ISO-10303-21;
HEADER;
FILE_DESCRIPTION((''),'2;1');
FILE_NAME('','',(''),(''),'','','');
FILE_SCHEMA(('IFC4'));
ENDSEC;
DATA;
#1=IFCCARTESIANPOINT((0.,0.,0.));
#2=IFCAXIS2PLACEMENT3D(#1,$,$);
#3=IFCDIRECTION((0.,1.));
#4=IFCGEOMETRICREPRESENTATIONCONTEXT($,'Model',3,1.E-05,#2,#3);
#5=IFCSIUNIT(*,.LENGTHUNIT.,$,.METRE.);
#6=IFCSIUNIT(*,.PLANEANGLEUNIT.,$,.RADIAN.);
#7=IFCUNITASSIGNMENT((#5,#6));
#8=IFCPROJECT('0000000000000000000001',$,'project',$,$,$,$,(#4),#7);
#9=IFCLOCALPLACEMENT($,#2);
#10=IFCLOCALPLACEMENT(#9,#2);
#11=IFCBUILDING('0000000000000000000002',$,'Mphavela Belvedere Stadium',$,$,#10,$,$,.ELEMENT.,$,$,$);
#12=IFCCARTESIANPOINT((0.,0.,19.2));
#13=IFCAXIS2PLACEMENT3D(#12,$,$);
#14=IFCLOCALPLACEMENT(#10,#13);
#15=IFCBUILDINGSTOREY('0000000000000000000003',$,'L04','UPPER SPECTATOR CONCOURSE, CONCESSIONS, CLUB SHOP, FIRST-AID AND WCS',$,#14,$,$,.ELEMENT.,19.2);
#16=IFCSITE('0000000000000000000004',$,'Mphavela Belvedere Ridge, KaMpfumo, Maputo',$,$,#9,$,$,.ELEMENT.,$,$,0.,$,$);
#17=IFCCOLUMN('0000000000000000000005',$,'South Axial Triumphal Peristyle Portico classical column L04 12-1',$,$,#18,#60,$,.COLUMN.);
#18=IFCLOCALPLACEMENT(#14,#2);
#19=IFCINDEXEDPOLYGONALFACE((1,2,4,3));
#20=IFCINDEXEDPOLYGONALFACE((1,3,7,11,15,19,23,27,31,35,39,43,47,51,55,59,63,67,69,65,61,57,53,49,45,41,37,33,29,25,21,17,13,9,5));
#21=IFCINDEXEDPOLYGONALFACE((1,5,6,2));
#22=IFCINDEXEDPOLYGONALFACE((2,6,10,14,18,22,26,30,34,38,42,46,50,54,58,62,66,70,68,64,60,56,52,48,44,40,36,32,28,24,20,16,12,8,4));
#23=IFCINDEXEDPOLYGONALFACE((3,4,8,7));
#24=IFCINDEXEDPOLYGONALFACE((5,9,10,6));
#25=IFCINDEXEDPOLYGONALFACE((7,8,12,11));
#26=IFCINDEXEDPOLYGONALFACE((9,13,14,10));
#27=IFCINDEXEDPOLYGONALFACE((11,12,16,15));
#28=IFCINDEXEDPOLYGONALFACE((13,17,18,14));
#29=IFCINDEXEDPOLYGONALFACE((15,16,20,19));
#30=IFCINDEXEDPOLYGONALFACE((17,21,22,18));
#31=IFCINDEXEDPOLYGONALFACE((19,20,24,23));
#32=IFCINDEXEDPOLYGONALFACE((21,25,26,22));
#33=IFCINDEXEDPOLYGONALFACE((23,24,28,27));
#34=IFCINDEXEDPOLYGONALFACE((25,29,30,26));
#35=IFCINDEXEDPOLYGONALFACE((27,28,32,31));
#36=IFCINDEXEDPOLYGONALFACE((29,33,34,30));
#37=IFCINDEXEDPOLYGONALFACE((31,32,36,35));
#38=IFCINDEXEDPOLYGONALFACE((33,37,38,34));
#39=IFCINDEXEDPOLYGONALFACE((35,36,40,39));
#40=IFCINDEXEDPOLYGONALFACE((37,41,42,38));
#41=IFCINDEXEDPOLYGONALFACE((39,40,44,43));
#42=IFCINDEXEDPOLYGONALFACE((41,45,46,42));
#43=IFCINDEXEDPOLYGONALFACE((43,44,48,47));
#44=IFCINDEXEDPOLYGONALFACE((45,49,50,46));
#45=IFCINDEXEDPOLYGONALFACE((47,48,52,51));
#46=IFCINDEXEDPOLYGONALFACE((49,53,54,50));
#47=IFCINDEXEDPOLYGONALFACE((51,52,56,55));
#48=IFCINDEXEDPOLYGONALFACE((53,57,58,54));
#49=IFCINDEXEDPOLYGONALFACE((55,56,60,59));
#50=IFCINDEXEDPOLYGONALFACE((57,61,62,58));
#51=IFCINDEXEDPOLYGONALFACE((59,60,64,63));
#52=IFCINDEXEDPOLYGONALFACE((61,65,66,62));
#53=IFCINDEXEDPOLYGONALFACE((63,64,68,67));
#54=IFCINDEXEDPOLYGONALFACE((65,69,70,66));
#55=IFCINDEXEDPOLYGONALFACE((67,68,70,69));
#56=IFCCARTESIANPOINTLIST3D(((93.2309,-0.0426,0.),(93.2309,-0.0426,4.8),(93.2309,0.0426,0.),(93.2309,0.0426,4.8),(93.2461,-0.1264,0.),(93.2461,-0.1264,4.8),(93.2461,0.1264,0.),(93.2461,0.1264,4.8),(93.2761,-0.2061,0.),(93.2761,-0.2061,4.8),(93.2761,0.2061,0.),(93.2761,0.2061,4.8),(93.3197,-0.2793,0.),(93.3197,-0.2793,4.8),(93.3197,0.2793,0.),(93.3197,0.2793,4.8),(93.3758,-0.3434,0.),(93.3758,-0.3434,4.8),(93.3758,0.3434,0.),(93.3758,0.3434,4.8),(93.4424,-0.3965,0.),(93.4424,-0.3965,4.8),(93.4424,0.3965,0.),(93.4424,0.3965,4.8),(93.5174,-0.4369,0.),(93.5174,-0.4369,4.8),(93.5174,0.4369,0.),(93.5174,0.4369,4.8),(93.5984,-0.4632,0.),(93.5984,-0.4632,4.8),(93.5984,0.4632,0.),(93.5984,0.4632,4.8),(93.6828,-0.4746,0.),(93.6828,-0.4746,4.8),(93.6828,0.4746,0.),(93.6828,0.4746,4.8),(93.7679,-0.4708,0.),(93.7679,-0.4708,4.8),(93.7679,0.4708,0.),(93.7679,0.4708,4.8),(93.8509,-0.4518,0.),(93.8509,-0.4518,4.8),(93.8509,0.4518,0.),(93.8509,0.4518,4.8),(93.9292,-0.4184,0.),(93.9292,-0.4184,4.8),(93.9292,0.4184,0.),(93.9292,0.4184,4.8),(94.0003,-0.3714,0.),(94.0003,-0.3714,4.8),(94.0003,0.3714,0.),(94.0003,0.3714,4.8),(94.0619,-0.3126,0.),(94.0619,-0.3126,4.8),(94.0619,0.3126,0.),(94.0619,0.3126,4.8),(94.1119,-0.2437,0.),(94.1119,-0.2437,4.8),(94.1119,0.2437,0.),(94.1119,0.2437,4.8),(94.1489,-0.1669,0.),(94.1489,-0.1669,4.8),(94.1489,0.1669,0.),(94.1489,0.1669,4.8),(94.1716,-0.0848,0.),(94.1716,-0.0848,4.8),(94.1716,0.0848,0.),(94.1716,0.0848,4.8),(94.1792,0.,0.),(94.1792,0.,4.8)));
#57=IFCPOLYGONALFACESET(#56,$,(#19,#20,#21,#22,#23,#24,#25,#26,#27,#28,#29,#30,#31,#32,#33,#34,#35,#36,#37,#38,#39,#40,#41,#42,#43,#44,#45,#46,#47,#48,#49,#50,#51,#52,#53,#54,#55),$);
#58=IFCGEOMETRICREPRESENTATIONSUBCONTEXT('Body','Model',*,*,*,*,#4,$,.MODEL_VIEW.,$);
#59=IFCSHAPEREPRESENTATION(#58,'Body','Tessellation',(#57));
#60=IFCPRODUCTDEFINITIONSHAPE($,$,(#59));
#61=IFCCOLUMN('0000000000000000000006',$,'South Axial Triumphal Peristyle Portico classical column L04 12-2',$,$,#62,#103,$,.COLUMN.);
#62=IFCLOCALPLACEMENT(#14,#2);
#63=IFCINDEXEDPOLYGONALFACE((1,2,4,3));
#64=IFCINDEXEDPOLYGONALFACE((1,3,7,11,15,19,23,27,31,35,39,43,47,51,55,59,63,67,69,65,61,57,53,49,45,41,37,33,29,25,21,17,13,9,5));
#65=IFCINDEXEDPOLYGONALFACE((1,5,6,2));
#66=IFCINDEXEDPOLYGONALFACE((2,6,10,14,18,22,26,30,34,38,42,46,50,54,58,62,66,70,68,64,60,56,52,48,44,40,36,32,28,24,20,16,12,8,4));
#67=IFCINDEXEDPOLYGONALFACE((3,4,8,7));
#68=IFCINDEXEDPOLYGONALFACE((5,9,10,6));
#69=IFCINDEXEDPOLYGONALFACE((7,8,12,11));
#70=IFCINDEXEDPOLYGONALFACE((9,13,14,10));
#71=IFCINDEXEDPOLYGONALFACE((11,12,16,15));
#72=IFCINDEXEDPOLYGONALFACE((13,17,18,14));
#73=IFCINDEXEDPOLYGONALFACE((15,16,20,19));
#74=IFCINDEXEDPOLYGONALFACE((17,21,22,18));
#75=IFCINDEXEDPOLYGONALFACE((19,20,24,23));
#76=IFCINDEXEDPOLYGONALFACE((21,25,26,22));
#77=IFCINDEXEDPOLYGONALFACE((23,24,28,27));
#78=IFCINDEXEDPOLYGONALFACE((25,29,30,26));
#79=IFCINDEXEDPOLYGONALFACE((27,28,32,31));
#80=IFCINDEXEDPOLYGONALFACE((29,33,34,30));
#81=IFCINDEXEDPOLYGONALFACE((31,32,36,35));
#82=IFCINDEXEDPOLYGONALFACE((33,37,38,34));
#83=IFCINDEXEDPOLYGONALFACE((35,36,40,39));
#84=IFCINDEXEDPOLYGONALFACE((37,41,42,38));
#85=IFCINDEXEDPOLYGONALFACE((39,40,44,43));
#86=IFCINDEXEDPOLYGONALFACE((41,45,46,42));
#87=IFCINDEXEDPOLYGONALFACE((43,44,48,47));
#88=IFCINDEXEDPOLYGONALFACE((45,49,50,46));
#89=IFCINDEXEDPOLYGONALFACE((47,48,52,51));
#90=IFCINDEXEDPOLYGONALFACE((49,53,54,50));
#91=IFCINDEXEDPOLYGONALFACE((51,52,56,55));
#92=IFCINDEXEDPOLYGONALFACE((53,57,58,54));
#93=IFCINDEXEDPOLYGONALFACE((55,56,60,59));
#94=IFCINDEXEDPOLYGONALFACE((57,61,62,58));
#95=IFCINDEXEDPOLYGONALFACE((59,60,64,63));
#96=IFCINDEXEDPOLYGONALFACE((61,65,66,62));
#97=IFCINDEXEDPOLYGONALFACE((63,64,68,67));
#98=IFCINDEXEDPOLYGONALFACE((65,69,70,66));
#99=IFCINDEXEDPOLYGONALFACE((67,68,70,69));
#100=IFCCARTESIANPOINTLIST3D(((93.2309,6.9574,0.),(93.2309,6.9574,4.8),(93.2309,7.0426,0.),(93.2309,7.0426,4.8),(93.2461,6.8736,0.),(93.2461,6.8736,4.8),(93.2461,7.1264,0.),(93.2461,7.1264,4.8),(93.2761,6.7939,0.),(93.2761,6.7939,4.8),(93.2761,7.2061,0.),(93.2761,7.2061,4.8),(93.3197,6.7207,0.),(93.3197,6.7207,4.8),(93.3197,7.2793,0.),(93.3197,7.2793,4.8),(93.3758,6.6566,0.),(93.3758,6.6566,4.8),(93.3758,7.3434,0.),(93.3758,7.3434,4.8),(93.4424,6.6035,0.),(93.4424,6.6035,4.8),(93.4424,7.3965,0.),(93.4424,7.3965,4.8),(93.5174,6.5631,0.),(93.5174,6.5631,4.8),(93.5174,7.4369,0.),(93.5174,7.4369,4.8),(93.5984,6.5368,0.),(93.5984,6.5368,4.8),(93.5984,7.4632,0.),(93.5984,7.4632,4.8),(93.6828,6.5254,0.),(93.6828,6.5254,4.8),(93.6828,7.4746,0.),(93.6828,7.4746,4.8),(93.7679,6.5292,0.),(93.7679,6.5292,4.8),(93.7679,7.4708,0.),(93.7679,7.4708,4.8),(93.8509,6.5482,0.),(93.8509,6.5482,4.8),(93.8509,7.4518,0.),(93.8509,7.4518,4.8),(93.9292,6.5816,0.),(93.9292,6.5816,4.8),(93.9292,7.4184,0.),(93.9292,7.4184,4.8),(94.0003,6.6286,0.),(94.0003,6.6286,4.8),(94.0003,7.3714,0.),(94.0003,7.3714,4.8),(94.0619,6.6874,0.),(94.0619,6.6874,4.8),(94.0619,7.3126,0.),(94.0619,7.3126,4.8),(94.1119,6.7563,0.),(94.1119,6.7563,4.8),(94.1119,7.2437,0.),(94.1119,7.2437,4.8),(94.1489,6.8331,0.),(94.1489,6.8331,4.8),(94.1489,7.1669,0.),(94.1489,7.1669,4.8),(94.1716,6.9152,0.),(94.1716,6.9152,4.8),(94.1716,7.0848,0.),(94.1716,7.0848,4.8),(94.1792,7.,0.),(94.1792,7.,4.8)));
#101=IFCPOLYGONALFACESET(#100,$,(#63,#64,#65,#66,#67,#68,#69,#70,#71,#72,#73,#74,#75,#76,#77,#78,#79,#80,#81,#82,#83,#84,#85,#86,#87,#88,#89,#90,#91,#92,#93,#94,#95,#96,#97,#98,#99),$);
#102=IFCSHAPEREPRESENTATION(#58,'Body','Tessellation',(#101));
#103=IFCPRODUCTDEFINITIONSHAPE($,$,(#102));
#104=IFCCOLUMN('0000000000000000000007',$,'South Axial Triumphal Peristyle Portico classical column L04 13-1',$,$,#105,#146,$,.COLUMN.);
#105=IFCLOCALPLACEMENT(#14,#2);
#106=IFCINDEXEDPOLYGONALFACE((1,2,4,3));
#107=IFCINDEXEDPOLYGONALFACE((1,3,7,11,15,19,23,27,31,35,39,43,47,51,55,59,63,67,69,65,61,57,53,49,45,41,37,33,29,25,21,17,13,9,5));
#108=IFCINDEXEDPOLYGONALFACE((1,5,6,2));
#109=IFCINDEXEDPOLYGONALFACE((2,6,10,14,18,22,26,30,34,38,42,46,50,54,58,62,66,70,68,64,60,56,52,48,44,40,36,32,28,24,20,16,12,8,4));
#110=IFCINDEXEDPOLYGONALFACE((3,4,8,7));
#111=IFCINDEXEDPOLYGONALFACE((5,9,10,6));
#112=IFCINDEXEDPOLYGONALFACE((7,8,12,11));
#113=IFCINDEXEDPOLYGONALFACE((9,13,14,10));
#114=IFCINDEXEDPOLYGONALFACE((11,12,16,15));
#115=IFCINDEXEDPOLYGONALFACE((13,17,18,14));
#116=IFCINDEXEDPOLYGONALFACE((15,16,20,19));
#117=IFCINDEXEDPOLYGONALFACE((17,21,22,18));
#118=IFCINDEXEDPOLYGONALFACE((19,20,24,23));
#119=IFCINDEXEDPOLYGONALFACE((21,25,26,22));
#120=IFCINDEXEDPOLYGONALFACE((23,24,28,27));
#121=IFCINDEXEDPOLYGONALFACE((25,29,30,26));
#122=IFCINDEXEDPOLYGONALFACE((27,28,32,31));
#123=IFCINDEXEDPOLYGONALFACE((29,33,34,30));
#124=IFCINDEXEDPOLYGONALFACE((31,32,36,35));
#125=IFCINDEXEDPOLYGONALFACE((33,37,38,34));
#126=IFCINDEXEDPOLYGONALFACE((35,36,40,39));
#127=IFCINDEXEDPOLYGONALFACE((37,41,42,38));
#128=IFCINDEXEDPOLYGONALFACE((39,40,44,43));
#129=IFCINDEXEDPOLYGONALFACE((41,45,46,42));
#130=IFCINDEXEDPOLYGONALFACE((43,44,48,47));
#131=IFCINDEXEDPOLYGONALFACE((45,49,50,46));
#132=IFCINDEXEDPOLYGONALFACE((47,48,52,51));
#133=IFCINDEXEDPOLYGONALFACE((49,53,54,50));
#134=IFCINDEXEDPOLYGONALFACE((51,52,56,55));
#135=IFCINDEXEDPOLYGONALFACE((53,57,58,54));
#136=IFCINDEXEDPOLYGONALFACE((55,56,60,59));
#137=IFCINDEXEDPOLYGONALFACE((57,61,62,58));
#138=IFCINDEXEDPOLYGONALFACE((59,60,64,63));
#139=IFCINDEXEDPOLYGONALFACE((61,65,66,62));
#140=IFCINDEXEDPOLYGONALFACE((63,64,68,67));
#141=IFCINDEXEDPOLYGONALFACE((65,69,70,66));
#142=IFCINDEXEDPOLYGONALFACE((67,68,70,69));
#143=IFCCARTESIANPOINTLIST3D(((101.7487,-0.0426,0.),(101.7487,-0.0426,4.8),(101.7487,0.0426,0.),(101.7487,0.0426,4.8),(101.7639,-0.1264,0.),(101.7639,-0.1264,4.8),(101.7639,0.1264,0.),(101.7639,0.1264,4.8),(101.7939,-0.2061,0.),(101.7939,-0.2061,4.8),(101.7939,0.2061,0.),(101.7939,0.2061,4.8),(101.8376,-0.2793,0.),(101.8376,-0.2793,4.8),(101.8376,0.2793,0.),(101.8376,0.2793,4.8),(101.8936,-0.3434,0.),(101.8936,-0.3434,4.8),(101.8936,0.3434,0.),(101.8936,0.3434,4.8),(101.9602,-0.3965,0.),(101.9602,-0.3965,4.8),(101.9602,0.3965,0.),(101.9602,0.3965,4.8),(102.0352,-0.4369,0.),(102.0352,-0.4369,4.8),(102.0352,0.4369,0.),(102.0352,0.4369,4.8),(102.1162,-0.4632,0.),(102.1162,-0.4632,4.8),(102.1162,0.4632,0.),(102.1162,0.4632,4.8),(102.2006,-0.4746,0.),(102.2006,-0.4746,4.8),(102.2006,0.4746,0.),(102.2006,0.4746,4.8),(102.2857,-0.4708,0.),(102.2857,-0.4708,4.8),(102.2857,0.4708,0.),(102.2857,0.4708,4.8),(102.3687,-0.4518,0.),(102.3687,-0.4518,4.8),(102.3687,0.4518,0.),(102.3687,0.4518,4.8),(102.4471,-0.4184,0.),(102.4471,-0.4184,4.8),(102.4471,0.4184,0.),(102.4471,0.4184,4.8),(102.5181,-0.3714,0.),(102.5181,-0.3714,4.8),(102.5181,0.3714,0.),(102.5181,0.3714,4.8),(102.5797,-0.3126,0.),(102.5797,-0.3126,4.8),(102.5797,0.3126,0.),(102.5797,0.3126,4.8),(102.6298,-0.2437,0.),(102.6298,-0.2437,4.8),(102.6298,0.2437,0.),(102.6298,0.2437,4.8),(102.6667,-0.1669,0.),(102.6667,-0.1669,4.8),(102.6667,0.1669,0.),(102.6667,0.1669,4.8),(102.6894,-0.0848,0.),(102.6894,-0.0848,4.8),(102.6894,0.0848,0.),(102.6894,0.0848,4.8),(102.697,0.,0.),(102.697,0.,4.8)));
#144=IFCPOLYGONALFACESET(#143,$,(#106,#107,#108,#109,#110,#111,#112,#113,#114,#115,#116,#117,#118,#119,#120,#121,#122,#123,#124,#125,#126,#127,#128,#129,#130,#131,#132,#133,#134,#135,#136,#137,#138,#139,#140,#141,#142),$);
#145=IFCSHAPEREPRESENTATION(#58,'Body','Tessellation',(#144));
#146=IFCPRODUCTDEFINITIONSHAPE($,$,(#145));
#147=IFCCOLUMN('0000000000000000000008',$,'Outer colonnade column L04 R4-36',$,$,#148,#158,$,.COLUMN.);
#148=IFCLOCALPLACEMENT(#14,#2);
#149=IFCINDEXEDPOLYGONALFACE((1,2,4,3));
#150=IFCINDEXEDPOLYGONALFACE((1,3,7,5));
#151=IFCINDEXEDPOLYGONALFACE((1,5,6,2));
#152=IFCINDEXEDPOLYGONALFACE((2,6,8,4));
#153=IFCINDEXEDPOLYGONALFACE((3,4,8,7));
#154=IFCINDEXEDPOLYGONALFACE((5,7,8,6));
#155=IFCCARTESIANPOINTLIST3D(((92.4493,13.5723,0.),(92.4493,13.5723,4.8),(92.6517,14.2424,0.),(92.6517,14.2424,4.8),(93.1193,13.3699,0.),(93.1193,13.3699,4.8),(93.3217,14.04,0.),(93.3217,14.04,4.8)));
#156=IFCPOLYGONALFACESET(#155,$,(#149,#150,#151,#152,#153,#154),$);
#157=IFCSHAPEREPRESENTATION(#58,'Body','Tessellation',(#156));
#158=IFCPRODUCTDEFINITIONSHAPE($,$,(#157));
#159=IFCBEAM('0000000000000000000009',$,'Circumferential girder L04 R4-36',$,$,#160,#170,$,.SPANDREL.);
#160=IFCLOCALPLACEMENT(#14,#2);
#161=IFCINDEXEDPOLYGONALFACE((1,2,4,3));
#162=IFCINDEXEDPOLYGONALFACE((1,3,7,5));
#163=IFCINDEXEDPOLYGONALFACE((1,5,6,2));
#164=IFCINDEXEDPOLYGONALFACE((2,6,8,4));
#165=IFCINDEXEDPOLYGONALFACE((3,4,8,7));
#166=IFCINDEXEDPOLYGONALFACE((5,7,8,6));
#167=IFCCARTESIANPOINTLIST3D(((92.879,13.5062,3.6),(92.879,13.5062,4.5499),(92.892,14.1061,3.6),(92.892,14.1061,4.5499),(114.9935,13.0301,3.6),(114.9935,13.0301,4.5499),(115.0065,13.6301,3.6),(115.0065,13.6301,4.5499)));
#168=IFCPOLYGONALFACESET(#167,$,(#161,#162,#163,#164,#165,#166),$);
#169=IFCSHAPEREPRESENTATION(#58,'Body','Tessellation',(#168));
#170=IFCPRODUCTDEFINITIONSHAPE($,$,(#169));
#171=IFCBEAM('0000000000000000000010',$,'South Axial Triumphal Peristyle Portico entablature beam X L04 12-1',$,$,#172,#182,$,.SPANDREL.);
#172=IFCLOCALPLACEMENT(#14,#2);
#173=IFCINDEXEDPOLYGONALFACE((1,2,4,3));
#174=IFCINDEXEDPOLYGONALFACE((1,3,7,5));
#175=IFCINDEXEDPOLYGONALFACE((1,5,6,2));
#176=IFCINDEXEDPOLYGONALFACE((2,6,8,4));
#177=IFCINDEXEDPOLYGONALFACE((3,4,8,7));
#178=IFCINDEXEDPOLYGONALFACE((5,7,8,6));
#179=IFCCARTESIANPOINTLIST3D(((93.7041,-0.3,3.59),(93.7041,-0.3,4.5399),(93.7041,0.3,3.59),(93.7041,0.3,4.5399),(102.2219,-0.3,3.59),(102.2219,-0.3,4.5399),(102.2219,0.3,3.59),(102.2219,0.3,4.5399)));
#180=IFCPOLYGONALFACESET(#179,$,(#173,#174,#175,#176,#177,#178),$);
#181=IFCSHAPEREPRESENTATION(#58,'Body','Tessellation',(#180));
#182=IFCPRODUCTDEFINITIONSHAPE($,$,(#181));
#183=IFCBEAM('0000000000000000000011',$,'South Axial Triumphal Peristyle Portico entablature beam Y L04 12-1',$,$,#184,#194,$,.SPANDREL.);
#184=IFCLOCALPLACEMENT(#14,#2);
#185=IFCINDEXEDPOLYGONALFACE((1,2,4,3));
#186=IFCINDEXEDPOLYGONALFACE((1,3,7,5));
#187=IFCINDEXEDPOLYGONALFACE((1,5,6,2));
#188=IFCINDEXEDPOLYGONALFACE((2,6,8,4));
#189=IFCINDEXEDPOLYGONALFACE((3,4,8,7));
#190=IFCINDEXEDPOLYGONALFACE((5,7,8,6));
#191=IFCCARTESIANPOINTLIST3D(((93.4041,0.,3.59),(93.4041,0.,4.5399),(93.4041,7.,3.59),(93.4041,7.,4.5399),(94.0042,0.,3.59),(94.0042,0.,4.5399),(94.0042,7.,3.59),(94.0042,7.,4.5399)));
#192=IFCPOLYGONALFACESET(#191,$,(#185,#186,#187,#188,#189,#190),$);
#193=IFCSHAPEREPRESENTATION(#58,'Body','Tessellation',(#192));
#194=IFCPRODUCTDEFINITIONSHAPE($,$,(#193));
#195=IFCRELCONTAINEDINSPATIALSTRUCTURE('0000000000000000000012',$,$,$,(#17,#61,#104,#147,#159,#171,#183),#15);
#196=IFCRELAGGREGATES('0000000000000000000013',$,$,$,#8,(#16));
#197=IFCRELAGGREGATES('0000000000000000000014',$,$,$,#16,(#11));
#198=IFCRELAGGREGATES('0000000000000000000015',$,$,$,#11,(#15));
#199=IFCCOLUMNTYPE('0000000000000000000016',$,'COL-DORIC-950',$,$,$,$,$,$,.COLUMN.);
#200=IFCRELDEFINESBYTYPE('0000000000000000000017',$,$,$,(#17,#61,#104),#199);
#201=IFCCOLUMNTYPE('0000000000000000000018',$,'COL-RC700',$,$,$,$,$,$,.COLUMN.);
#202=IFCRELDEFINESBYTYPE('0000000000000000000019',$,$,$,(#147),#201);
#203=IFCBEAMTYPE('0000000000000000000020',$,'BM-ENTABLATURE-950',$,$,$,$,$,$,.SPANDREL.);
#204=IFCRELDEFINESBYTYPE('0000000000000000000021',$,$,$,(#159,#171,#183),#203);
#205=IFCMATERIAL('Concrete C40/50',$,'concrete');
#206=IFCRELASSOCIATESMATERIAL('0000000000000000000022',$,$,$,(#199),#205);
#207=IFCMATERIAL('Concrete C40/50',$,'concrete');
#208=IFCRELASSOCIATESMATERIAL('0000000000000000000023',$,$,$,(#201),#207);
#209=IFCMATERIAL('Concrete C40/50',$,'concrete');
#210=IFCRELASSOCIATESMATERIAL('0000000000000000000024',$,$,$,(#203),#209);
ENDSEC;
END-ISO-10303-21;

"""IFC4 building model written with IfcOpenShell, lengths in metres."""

from ifc_helpers import new_model, si_unit, direction, frame, origin, origin_2d, place, context, subcontext, project, spatial, rectangle, circle, extrude, material, material_profile, profile_set, type_object, element, save


model = new_model("IFC4")

# Units and contexts
model_context = context("Model", 3, precision=1e-05, world=origin(), true_north=direction((0.0, 1.0)))
body_context = subcontext(model_context, "Body", "Model", "MODEL_VIEW")
ifc_project = project(units=[si_unit("LENGTHUNIT", "METRE"), si_unit("PLANEANGLEUNIT", "RADIAN")], contexts=[model_context])

# Site, building, storey
site_placement = place(None, origin())
site = spatial("IfcSite", under=ifc_project, at=site_placement, Name="Mphavela Belvedere Ridge, KaMpfumo, Maputo", CompositionType="ELEMENT", RefElevation=0.0)
building_placement = place(site_placement, origin())
building = spatial("IfcBuilding", under=site, at=building_placement, Name="Mphavela Belvedere Stadium", CompositionType="ELEMENT")
storey_placement = place(building_placement, frame((0.0, 0.0, 19.2)))
storey = spatial("IfcBuildingStorey", under=building, at=storey_placement, Name="L04", Description="UPPER SPECTATOR CONCOURSE, CONCESSIONS, CLUB SHOP, FIRST-AID AND WCS", CompositionType="ELEMENT", Elevation=19.2)

# Columns
ifc_material_1 = material(Name="Concrete C40/50", Category="concrete")
ifc_material_profile_1 = material_profile(ifc_material_1, circle(Radius=0.4751, at=origin_2d()), Name="COL D950")
ifc_profile_set_1 = profile_set([ifc_material_profile_1], Name="Concrete C40/50")
column_type_1 = type_object("IfcColumnType", Name="COL-DORIC-950", PredefinedType="COLUMN", material=ifc_profile_set_1)
for number, where, z_axis, x_axis, name in (
    (1, (93.7041, 0.0, 0.0), (0.0, 0.0, 1.0), (1.0, 0.0, 0.0), "South Axial Triumphal Peristyle Portico classical column L04 12-1"),
    (2, (93.7041, 7.0, 0.0), (0.0, 0.0, 1.0), (1.0, 0.0, 0.0), "South Axial Triumphal Peristyle Portico classical column L04 12-2"),
    (3, (102.2219, 0.0, 0.0), (0.0, 0.0, 1.0), (1.0, 0.0, 0.0), "South Axial Triumphal Peristyle Portico classical column L04 13-1"),
):
    element("IfcColumn", number, at=place(storey_placement, frame(where, z_axis=z_axis, x_axis=x_axis)), inside=storey, type_object=column_type_1, Name=name, PredefinedType="COLUMN", context=body_context, shape_type="SweptSolid", body=[
        extrude(circle(Radius=0.4751, at=origin_2d()), origin(), (0.0, 0.0, 1.0), 4.8),
    ])
ifc_material_2 = material(Name="Concrete C40/50", Category="concrete")
ifc_material_profile_2 = material_profile(ifc_material_2, rectangle(XDim=0.7, YDim=0.7, at=origin_2d()), Name="RC 700x700")
ifc_profile_set_2 = profile_set([ifc_material_profile_2], Name="Concrete C40/50")
column_type_2 = type_object("IfcColumnType", Name="COL-RC700", PredefinedType="COLUMN", material=ifc_profile_set_2)
column_placement = place(storey_placement, frame((92.8855, 13.8062, 0.0), z_axis=(0.0, 0.0, 1.0), x_axis=(-0.289199, -0.957269, 0.0)))
element("IfcColumn", 4, at=column_placement, inside=storey, type_object=column_type_2, Name="Outer colonnade column L04 R4-36", PredefinedType="COLUMN", context=body_context, shape_type="SweptSolid", body=[
    extrude(rectangle(XDim=0.7, YDim=0.7, at=origin_2d()), origin(), (0.0, 0.0, 1.0), 4.8),
])

# Beams
ifc_material_3 = material(Name="Concrete C40/50", Category="concrete")
ifc_material_profile_3 = material_profile(ifc_material_3, rectangle(XDim=0.6001, YDim=0.95, at=origin_2d()), Name="RC 600x950")
ifc_profile_set_3 = profile_set([ifc_material_profile_3], Name="Concrete C40/50")
beam_type_1 = type_object("IfcBeamType", Name="BM-ENTABLATURE-950", PredefinedType="SPANDREL", material=ifc_profile_set_3)
beam_1_placement = place(storey_placement, frame((92.8855, 13.8062, 4.075), z_axis=(0.999768, -0.021523, 0.0), x_axis=(0.021523, 0.999768, 0.0)))
element("IfcBeam", 5, at=beam_1_placement, inside=storey, type_object=beam_type_1, Name="Circumferential girder L04 R4-36", PredefinedType="SPANDREL", context=body_context, shape_type="SweptSolid", body=[
    extrude(rectangle(XDim=0.6001, YDim=0.95, at=origin_2d()), origin(), (0.0, 0.0, 1.0), 22.1196),
])
beam_2_placement = place(storey_placement, frame((93.7041, 0.0, 4.0649), z_axis=(1.0, 0.0, 0.0), x_axis=(0.0, 1.0, 0.0)))
element("IfcBeam", 6, at=beam_2_placement, inside=storey, type_object=beam_type_1, Name="South Axial Triumphal Peristyle Portico entablature beam X L04 12-1", PredefinedType="SPANDREL", context=body_context, shape_type="SweptSolid", body=[
    extrude(rectangle(XDim=0.6001, YDim=0.95, at=origin_2d()), origin(), (0.0, 0.0, 1.0), 8.5178),
])
beam_3_placement = place(storey_placement, frame((93.7041, 0.0, 4.0649), z_axis=(0.0, 1.0, 0.0), x_axis=(-1.0, 0.0, 0.0)))
element("IfcBeam", 7, at=beam_3_placement, inside=storey, type_object=beam_type_1, Name="South Axial Triumphal Peristyle Portico entablature beam Y L04 12-1", PredefinedType="SPANDREL", context=body_context, shape_type="SweptSolid", body=[
    extrude(rectangle(XDim=0.6001, YDim=0.95, at=origin_2d()), origin(), (0.0, 0.0, 1.0), 7.0),
])

save(model, "model.ifc")
